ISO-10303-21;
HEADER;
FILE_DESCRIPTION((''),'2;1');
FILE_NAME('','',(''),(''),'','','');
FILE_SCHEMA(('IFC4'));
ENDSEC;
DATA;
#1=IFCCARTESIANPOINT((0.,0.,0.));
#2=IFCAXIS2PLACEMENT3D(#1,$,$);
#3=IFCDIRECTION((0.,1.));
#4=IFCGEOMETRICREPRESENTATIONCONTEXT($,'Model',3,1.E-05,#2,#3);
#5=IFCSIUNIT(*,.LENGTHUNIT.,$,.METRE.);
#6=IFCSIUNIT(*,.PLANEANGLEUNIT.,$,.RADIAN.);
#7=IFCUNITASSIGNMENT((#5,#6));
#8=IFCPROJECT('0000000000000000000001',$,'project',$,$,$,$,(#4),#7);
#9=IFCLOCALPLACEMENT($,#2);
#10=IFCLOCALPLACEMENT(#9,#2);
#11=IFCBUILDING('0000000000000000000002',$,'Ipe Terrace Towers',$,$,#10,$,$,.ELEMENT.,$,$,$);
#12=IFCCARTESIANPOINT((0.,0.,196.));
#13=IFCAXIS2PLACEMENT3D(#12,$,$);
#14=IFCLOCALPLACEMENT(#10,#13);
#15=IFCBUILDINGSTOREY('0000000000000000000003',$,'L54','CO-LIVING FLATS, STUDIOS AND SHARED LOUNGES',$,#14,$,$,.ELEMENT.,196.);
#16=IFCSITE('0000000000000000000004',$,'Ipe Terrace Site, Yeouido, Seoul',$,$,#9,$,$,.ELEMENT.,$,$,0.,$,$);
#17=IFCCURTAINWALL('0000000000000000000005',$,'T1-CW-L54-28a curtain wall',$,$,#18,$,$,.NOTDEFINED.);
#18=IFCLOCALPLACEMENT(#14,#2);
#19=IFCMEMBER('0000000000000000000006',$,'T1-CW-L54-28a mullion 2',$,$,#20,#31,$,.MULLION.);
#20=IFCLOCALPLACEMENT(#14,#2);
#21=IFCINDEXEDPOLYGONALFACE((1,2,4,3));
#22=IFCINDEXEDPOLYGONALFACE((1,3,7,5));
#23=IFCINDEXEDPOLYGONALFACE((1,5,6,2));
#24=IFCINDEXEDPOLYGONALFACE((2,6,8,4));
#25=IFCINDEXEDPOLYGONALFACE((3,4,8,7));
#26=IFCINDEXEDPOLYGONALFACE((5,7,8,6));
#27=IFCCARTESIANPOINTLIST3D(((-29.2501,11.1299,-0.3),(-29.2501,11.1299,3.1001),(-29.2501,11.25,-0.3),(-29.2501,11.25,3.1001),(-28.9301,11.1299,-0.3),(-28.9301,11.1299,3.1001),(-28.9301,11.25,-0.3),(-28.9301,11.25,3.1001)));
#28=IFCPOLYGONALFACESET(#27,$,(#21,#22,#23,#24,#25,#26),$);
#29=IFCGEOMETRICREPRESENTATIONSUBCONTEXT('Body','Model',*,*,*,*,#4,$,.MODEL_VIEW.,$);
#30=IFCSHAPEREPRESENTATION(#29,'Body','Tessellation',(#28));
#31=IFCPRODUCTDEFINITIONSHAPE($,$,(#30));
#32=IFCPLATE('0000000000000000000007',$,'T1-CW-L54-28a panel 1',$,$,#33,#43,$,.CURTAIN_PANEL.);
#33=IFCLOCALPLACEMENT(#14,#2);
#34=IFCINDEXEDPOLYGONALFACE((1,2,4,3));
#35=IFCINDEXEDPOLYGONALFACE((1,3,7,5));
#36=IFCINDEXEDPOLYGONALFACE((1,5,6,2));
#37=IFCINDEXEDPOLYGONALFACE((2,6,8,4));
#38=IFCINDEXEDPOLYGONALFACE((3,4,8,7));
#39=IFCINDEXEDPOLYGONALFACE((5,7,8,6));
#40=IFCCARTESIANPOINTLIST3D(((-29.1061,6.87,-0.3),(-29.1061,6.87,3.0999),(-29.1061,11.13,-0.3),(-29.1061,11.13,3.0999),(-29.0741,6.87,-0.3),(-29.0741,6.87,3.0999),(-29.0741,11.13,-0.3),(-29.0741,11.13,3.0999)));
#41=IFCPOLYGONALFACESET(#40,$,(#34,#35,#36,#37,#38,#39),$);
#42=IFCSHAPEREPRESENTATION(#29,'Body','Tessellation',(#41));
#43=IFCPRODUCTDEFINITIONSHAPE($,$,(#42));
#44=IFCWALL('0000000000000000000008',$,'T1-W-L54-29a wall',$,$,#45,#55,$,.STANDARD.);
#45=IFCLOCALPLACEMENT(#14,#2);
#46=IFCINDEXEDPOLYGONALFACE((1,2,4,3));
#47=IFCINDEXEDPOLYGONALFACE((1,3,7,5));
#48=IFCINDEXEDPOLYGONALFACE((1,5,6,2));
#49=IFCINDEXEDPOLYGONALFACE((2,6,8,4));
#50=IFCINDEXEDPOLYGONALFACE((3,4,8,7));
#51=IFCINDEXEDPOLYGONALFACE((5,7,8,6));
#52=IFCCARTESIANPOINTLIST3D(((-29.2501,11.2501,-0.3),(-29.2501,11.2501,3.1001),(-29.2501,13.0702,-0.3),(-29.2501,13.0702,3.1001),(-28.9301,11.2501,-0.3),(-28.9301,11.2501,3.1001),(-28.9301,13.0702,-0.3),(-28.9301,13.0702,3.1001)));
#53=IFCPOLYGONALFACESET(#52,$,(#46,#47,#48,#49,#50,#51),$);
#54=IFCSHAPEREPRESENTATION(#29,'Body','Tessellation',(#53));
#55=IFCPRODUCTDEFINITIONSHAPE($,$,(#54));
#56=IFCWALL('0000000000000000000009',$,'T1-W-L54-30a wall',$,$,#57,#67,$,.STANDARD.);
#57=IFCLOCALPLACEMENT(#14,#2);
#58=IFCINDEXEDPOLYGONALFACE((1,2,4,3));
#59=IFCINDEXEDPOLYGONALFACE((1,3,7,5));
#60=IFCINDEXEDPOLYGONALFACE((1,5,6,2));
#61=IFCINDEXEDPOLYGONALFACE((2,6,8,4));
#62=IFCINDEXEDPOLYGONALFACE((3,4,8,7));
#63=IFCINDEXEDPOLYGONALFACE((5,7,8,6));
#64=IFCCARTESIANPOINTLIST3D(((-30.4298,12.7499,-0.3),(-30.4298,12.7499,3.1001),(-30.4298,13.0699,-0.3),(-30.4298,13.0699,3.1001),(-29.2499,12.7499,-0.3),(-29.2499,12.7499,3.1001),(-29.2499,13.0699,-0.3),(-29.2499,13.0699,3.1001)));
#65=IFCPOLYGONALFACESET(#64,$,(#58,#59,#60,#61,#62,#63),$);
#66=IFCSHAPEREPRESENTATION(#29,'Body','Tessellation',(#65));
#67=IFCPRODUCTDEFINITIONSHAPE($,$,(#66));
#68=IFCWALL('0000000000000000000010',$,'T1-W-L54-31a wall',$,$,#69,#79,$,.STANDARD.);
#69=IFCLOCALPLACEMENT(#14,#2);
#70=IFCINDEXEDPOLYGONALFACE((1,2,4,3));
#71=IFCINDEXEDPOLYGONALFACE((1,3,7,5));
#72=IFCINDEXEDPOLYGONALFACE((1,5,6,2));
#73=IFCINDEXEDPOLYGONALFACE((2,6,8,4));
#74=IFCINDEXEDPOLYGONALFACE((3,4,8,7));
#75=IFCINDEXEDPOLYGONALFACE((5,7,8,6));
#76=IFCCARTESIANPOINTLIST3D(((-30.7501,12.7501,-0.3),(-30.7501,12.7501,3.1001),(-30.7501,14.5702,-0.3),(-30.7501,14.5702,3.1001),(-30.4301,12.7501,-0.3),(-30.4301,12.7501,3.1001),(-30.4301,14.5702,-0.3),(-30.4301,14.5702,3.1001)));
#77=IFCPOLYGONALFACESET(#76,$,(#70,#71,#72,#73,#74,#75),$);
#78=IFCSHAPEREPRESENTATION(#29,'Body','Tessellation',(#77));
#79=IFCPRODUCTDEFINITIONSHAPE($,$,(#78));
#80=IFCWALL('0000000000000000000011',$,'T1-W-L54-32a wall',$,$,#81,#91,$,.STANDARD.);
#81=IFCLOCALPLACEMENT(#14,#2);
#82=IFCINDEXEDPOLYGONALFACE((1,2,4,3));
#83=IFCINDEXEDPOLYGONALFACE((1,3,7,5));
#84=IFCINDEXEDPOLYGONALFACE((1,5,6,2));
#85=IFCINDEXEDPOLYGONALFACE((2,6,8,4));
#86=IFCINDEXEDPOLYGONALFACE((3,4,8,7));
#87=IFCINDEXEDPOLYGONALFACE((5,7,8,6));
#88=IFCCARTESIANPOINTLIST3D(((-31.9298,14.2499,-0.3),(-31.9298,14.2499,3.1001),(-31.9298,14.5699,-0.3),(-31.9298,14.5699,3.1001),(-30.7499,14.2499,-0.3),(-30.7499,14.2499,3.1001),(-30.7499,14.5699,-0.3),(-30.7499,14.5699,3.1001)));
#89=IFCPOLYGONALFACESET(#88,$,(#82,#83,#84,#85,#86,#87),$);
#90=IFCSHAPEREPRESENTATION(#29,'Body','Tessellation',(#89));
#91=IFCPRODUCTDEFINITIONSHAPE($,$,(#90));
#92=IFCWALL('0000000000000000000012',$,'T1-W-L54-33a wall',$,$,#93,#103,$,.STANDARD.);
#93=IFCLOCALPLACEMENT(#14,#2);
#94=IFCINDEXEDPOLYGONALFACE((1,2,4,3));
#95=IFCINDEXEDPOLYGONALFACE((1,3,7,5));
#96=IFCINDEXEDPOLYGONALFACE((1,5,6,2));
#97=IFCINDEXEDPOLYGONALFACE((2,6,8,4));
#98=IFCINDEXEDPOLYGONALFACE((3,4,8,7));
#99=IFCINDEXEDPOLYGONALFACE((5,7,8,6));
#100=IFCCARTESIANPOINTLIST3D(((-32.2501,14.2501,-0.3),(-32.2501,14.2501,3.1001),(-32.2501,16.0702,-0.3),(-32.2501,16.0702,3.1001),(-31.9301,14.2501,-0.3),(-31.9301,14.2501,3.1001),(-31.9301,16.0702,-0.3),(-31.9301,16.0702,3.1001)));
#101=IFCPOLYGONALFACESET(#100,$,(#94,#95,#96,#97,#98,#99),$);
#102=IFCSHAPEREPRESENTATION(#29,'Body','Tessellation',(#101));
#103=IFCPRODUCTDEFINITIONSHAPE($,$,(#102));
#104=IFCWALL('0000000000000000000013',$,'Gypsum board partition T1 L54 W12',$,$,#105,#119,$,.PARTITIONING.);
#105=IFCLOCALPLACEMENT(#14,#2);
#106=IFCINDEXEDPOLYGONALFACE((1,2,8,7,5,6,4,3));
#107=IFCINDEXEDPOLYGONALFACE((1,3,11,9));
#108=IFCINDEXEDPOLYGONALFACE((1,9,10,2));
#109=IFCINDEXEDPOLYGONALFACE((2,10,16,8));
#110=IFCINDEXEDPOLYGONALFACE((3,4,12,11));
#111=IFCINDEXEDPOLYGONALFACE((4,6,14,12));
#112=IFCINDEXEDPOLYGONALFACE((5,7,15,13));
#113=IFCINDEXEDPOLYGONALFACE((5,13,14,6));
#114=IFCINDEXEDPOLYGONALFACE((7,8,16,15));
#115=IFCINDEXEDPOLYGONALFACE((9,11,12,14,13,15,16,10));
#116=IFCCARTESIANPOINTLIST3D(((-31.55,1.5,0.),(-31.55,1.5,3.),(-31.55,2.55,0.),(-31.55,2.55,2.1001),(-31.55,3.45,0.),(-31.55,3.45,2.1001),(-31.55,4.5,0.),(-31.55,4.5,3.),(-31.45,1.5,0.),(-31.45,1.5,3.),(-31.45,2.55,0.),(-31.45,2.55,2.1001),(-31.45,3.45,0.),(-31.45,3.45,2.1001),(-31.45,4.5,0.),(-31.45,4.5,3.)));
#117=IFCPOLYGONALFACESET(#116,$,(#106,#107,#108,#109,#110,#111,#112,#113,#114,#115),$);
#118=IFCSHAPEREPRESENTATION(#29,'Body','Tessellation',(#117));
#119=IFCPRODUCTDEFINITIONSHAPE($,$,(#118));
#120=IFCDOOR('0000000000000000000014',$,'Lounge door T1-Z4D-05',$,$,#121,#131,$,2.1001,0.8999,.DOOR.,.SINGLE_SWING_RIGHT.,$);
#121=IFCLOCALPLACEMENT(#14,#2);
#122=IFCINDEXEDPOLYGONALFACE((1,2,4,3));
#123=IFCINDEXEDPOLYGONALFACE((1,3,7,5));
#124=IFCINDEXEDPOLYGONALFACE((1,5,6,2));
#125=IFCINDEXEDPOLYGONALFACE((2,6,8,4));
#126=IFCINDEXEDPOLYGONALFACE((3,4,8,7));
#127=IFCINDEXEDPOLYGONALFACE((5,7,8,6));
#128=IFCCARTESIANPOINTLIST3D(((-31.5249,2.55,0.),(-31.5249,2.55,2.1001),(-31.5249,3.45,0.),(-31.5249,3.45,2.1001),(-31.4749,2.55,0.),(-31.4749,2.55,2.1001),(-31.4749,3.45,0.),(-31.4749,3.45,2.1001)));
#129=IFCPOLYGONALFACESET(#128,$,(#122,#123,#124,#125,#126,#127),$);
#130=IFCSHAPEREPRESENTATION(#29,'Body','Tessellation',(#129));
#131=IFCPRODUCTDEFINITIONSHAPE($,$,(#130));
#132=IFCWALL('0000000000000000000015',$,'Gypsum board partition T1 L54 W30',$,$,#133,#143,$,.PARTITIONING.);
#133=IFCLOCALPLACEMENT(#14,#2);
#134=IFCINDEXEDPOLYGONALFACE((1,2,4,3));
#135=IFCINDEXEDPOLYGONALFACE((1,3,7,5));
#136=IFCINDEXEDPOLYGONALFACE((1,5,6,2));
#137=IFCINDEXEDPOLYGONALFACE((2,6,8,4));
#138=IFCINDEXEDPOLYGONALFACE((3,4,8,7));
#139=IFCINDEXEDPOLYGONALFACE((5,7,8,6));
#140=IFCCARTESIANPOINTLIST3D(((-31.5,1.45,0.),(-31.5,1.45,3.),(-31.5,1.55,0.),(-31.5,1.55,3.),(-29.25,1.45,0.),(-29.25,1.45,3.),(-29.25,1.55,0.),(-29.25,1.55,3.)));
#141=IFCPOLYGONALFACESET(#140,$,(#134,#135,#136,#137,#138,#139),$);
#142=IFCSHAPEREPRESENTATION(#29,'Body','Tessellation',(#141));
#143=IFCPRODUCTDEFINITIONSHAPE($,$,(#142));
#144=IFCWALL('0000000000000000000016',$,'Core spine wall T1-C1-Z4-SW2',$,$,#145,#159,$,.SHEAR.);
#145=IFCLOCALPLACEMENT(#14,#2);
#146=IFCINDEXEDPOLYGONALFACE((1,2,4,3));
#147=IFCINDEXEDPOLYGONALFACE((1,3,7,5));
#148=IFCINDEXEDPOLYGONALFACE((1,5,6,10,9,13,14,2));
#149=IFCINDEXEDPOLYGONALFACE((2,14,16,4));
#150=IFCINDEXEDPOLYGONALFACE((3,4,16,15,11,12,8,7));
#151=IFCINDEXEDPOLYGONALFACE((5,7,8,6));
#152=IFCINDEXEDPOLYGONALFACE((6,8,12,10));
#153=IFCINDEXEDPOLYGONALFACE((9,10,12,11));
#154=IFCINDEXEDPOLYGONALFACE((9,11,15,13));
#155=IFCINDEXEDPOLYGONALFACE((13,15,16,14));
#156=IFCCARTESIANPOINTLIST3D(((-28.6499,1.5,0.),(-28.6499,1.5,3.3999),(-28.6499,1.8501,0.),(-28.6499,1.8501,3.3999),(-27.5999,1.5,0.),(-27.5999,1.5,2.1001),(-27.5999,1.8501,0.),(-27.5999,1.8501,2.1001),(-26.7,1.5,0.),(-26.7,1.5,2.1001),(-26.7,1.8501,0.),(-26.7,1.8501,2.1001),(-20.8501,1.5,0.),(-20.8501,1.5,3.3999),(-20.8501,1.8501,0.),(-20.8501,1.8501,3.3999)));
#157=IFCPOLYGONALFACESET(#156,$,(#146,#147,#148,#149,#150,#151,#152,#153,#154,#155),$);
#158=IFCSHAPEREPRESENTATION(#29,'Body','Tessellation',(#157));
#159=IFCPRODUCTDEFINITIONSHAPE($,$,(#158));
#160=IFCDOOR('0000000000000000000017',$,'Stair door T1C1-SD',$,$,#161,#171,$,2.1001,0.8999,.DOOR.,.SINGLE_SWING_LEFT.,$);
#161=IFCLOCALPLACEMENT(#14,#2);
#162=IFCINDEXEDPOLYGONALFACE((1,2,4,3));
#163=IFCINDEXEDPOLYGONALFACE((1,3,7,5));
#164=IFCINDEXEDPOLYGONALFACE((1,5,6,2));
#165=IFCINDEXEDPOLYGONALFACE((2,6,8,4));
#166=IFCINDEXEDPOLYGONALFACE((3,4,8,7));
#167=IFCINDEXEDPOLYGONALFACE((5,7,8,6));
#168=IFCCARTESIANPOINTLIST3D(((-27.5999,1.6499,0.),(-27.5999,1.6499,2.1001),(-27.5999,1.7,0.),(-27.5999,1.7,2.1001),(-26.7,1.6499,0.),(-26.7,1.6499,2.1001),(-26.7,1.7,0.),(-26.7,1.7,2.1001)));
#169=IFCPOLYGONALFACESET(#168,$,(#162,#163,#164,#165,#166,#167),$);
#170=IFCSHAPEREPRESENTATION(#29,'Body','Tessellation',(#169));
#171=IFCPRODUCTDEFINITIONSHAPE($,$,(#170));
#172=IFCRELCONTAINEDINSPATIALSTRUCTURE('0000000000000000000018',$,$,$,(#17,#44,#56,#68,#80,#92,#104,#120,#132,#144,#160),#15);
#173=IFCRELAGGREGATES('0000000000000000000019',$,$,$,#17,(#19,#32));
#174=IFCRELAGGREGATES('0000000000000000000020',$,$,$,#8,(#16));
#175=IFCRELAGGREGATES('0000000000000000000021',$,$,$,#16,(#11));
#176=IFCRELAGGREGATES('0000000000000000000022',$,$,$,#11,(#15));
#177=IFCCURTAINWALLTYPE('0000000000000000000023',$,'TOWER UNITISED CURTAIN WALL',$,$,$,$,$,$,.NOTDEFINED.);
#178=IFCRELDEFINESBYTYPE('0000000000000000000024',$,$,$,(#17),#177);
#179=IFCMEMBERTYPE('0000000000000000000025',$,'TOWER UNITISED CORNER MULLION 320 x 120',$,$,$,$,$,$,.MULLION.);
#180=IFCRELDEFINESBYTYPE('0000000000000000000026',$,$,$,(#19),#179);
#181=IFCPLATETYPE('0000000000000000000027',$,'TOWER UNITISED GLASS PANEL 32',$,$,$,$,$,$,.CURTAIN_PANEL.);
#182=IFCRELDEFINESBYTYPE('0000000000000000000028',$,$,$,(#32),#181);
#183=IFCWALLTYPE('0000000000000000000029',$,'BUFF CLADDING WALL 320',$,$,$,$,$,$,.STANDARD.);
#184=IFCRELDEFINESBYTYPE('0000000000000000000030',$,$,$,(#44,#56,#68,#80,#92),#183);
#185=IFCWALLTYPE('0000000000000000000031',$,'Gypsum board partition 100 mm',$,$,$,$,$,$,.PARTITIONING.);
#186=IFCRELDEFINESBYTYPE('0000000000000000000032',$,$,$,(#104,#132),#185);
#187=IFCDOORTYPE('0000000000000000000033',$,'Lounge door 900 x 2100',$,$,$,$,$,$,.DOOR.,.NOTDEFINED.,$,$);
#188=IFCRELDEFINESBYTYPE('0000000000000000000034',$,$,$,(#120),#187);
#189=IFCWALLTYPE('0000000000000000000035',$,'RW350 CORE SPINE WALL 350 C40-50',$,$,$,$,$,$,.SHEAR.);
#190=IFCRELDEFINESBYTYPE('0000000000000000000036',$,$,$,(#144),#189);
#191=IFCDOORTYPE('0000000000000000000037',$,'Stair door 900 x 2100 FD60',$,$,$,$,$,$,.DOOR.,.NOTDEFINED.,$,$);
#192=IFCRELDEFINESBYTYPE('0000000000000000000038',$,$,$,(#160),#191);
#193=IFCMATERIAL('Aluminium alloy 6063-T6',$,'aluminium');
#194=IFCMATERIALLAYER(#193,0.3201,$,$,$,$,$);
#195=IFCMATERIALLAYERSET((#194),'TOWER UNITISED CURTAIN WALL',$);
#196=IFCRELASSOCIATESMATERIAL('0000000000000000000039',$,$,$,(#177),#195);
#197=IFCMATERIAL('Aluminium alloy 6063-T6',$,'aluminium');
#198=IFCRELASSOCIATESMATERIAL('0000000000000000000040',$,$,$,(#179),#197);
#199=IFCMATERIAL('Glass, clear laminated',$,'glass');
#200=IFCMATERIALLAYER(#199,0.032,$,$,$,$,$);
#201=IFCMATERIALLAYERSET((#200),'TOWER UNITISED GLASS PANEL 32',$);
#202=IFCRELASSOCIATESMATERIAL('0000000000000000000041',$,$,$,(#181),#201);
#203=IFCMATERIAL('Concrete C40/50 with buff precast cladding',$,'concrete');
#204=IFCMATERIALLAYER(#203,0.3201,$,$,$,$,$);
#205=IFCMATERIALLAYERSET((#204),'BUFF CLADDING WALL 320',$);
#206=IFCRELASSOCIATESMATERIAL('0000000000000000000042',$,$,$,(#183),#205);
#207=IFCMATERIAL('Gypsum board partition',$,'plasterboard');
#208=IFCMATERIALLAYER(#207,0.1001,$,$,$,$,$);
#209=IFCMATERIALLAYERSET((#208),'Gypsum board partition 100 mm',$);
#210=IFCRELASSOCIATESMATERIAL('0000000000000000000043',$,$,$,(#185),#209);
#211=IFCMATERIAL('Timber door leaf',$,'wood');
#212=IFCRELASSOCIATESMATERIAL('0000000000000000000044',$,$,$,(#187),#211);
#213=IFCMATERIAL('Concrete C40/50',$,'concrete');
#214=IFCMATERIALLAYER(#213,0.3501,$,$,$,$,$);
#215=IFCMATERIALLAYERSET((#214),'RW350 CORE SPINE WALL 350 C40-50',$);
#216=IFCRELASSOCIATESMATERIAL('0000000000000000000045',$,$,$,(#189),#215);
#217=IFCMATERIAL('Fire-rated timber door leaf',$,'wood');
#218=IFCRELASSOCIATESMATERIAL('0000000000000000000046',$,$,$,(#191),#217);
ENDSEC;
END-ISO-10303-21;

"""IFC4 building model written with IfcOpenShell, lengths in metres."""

from ifc_helpers import new_model, si_unit, direction, frame, frame_2d, origin, origin_2d, place, context, subcontext, project, spatial, rectangle, extrude, material, layer, layer_set, material_profile, profile_set, type_object, element, fill, aggregate, save


model = new_model("IFC4")

# Units and contexts
model_context = context("Model", 3, precision=1e-05, world=origin(), true_north=direction((0.0, 1.0)))
body_context = subcontext(model_context, "Body", "Model", "MODEL_VIEW")
ifc_project = project(units=[si_unit("LENGTHUNIT", "METRE"), si_unit("PLANEANGLEUNIT", "RADIAN")], contexts=[model_context])

# Site, building, storey
site_placement = place(None, origin())
site = spatial("IfcSite", under=ifc_project, at=site_placement, Name="Ipe Terrace Site, Yeouido, Seoul", CompositionType="ELEMENT", RefElevation=0.0)
building_placement = place(site_placement, origin())
building = spatial("IfcBuilding", under=site, at=building_placement, Name="Ipe Terrace Towers", CompositionType="ELEMENT")
storey_placement = place(building_placement, frame((0.0, 0.0, 196.0)))
storey = spatial("IfcBuildingStorey", under=building, at=storey_placement, Name="L54", Description="CO-LIVING FLATS, STUDIOS AND SHARED LOUNGES", CompositionType="ELEMENT", Elevation=196.0)

# Curtain wall, member, plate
ifc_material_1 = material(Name="Aluminium alloy 6063-T6", Category="aluminium")
ifc_layer_1 = layer(ifc_material_1, 0.3201)
ifc_layer_set_1 = layer_set([ifc_layer_1], Name="TOWER UNITISED CURTAIN WALL")
curtain_wall_type = type_object("IfcCurtainWallType", Name="TOWER UNITISED CURTAIN WALL", PredefinedType="NOTDEFINED", material=ifc_layer_set_1)
curtain_wall_placement = place(storey_placement, origin())
curtain_wall = element("IfcCurtainWall", 1, at=curtain_wall_placement, inside=storey, type_object=curtain_wall_type, Name="T1-CW-L54-28a curtain wall", PredefinedType="NOTDEFINED")
ifc_material_2 = material(Name="Aluminium alloy 6063-T6", Category="aluminium")
ifc_material_profile_1 = material_profile(ifc_material_2, rectangle(XDim=0.3201, YDim=0.1201, at=origin_2d()), Name="TOWER UNITISED CORNER MULLION 320 x 120")
ifc_profile_set_1 = profile_set([ifc_material_profile_1], Name="Aluminium alloy 6063-T6")
member_type = type_object("IfcMemberType", Name="TOWER UNITISED CORNER MULLION 320 x 120", PredefinedType="MULLION", material=ifc_profile_set_1)
member_1_placement = place(storey_placement, frame((-29.0901, 11.1899, -0.3), z_axis=(0.0, 0.0, 1.0), x_axis=(1.0, 0.0, 0.0)))
member_1 = element("IfcMember", 2, at=member_1_placement, type_object=member_type, Name="T1-CW-L54-28a mullion 2", PredefinedType="MULLION", context=body_context, shape_type="SweptSolid", body=[
    extrude(rectangle(XDim=0.3201, YDim=0.1201, at=origin_2d()), origin(), (0.0, 0.0, 1.0), 3.4001),
])
ifc_material_3 = material(Name="Glass, clear laminated", Category="glass")
ifc_layer_2 = layer(ifc_material_3, 0.032)
ifc_layer_set_2 = layer_set([ifc_layer_2], Name="TOWER UNITISED GLASS PANEL 32")
plate_type = type_object("IfcPlateType", Name="TOWER UNITISED GLASS PANEL 32", PredefinedType="CURTAIN_PANEL", material=ifc_layer_set_2)
plate_placement = place(storey_placement, frame((-29.0901, 9.0, -0.3), z_axis=(0.0, 0.0, 1.0), x_axis=(0.0, 1.0, 0.0)))
plate = element("IfcPlate", 3, at=plate_placement, type_object=plate_type, Name="T1-CW-L54-28a panel 1", PredefinedType="CURTAIN_PANEL", context=body_context, shape_type="SweptSolid", body=[
    extrude(rectangle(XDim=4.26, YDim=0.032, at=origin_2d()), origin(), (0.0, 0.0, 1.0), 3.3999),
])
aggregate(curtain_wall, [member_1, plate])

# Walls
ifc_material_4 = material(Name="Concrete C40/50 with buff precast cladding", Category="concrete")
ifc_layer_3 = layer(ifc_material_4, 0.3201)
ifc_layer_set_3 = layer_set([ifc_layer_3], Name="BUFF CLADDING WALL 320")
wall_type_1 = type_object("IfcWallType", Name="BUFF CLADDING WALL 320", PredefinedType="STANDARD", material=ifc_layer_set_3)
wall_1_placement = place(storey_placement, frame((-29.0901, 11.25, -0.3), z_axis=(0.0, 0.0, 1.0), x_axis=(0.0, 1.0, 0.0)))
element("IfcWall", 4, at=wall_1_placement, inside=storey, type_object=wall_type_1, Name="T1-W-L54-29a wall", PredefinedType="STANDARD", context=body_context, shape_type="SweptSolid", body=[
    extrude(rectangle(XDim=1.8201, YDim=0.3201, at=frame_2d((0.9102, 0.0))), origin(), (0.0, 0.0, 1.0), 3.4001),
])
wall_2_placement = place(storey_placement, frame((-29.25, 12.9099, -0.3), z_axis=(0.0, 0.0, 1.0), x_axis=(-1.0, 0.0, 0.0)))
element("IfcWall", 5, at=wall_2_placement, inside=storey, type_object=wall_type_1, Name="T1-W-L54-30a wall", PredefinedType="STANDARD", context=body_context, shape_type="SweptSolid", body=[
    extrude(rectangle(XDim=1.1799, YDim=0.3201, at=frame_2d((0.5898, 0.0))), origin(), (0.0, 0.0, 1.0), 3.4001),
])
wall_3_placement = place(storey_placement, frame((-30.5901, 12.75, -0.3), z_axis=(0.0, 0.0, 1.0), x_axis=(0.0, 1.0, 0.0)))
element("IfcWall", 6, at=wall_3_placement, inside=storey, type_object=wall_type_1, Name="T1-W-L54-31a wall", PredefinedType="STANDARD", context=body_context, shape_type="SweptSolid", body=[
    extrude(rectangle(XDim=1.8201, YDim=0.3201, at=frame_2d((0.9102, 0.0))), origin(), (0.0, 0.0, 1.0), 3.4001),
])
wall_4_placement = place(storey_placement, frame((-30.75, 14.4099, -0.3), z_axis=(0.0, 0.0, 1.0), x_axis=(-1.0, 0.0, 0.0)))
element("IfcWall", 7, at=wall_4_placement, inside=storey, type_object=wall_type_1, Name="T1-W-L54-32a wall", PredefinedType="STANDARD", context=body_context, shape_type="SweptSolid", body=[
    extrude(rectangle(XDim=1.1799, YDim=0.3201, at=frame_2d((0.5898, 0.0))), origin(), (0.0, 0.0, 1.0), 3.4001),
])
wall_5_placement = place(storey_placement, frame((-32.0901, 14.25, -0.3), z_axis=(0.0, 0.0, 1.0), x_axis=(0.0, 1.0, 0.0)))
element("IfcWall", 8, at=wall_5_placement, inside=storey, type_object=wall_type_1, Name="T1-W-L54-33a wall", PredefinedType="STANDARD", context=body_context, shape_type="SweptSolid", body=[
    extrude(rectangle(XDim=1.8201, YDim=0.3201, at=frame_2d((0.9102, 0.0))), origin(), (0.0, 0.0, 1.0), 3.4001),
])

# Wall, opening, door
ifc_material_5 = material(Name="Gypsum board partition", Category="plasterboard")
ifc_layer_4 = layer(ifc_material_5, 0.1001)
ifc_layer_set_4 = layer_set([ifc_layer_4], Name="Gypsum board partition 100 mm")
wall_type_2 = type_object("IfcWallType", Name="Gypsum board partition 100 mm", PredefinedType="PARTITIONING", material=ifc_layer_set_4)
wall_6_placement = place(storey_placement, frame((-31.5, 1.5, 0.0), z_axis=(0.0, 0.0, 1.0), x_axis=(0.0, 1.0, 0.0)))
wall_6 = element("IfcWall", 9, at=wall_6_placement, inside=storey, type_object=wall_type_2, Name="Gypsum board partition T1 L54 W12", PredefinedType="PARTITIONING", context=body_context, shape_type="SweptSolid", body=[
    extrude(rectangle(XDim=3.0, YDim=0.1001, at=frame_2d((1.5, 0.0))), origin(), (0.0, 0.0, 1.0), 3.0),
])
opening_1_placement = place(wall_6_placement, frame((1.05, 0.0, 0.0)))
opening_1 = element("IfcOpeningElement", 10, at=opening_1_placement, cuts=wall_6, PredefinedType="OPENING", context=body_context, shape_type="SweptSolid", body=[
    extrude(rectangle(XDim=0.8999, YDim=2.1001, at=frame_2d((0.45, 1.05))), frame((0.0, 0.0601, 0.0), z_axis=(0.0, -1.0, 0.0), x_axis=(1.0, 0.0, 0.0)), (0.0, 0.0, 1.0), 0.1201),
])
ifc_material_6 = material(Name="Timber door leaf", Category="wood")
door_type_1 = type_object("IfcDoorType", Name="Lounge door 900 x 2100", OperationType="NOTDEFINED", PredefinedType="DOOR", material=ifc_material_6)
door_1_placement = place(opening_1_placement, origin())
door_1 = element("IfcDoor", 11, at=door_1_placement, inside=storey, type_object=door_type_1, Name="Lounge door T1-Z4D-05", OperationType="SINGLE_SWING_RIGHT", OverallHeight=2.1001, OverallWidth=0.8999, PredefinedType="DOOR", context=body_context, shape_type="SweptSolid", body=[
    extrude(rectangle(XDim=0.8999, YDim=2.1001, at=frame_2d((0.45, 1.05))), frame((0.0, 0.0249, 0.0), z_axis=(0.0, -1.0, 0.0), x_axis=(1.0, 0.0, 0.0)), (0.0, 0.0, 1.0), 0.05),
])
fill(opening_1, door_1)

# Wall
wall_7_placement = place(storey_placement, frame((-31.5, 1.5, 0.0), z_axis=(0.0, 0.0, 1.0), x_axis=(1.0, 0.0, 0.0)))
element("IfcWall", 12, at=wall_7_placement, inside=storey, type_object=wall_type_2, Name="Gypsum board partition T1 L54 W30", PredefinedType="PARTITIONING", context=body_context, shape_type="SweptSolid", body=[
    extrude(rectangle(XDim=2.25, YDim=0.1001, at=frame_2d((1.125, 0.0))), origin(), (0.0, 0.0, 1.0), 3.0),
])

# Wall, opening, door
ifc_material_7 = material(Name="Concrete C40/50", Category="concrete")
ifc_layer_5 = layer(ifc_material_7, 0.3501)
ifc_layer_set_5 = layer_set([ifc_layer_5], Name="RW350 CORE SPINE WALL 350 C40-50")
wall_type_3 = type_object("IfcWallType", Name="RW350 CORE SPINE WALL 350 C40-50", PredefinedType="SHEAR", material=ifc_layer_set_5)
wall_8_placement = place(storey_placement, frame((-28.6499, 1.675, 0.0), z_axis=(0.0, 0.0, 1.0), x_axis=(1.0, 0.0, 0.0)))
wall_8 = element("IfcWall", 13, at=wall_8_placement, inside=storey, type_object=wall_type_3, Name="Core spine wall T1-C1-Z4-SW2", PredefinedType="SHEAR", context=body_context, shape_type="SweptSolid", body=[
    extrude(rectangle(XDim=7.7998, YDim=0.3501, at=frame_2d((3.8999, 0.0))), origin(), (0.0, 0.0, 1.0), 3.3999),
])
opening_2_placement = place(wall_8_placement, frame((1.05, 0.0, 0.0)))
opening_2 = element("IfcOpeningElement", 14, at=opening_2_placement, cuts=wall_8, PredefinedType="OPENING", context=body_context, shape_type="SweptSolid", body=[
    extrude(rectangle(XDim=0.8999, YDim=2.1001, at=frame_2d((0.45, 1.05))), frame((0.0, 0.1851, 0.0), z_axis=(0.0, -1.0, 0.0), x_axis=(1.0, 0.0, 0.0)), (0.0, 0.0, 1.0), 0.3701),
])
ifc_material_8 = material(Name="Fire-rated timber door leaf", Category="wood")
door_type_2 = type_object("IfcDoorType", Name="Stair door 900 x 2100 FD60", OperationType="NOTDEFINED", PredefinedType="DOOR", material=ifc_material_8)
door_2_placement = place(opening_2_placement, origin())
door_2 = element("IfcDoor", 15, at=door_2_placement, inside=storey, type_object=door_type_2, Name="Stair door T1C1-SD", OperationType="SINGLE_SWING_LEFT", OverallHeight=2.1001, OverallWidth=0.8999, PredefinedType="DOOR", context=body_context, shape_type="SweptSolid", body=[
    extrude(rectangle(XDim=0.8999, YDim=2.1001, at=frame_2d((0.45, 1.05))), frame((0.0, 0.0249, 0.0), z_axis=(0.0, -1.0, 0.0), x_axis=(1.0, 0.0, 0.0)), (0.0, 0.0, 1.0), 0.05),
])
fill(opening_2, door_2)

save(model, "model.ifc")
